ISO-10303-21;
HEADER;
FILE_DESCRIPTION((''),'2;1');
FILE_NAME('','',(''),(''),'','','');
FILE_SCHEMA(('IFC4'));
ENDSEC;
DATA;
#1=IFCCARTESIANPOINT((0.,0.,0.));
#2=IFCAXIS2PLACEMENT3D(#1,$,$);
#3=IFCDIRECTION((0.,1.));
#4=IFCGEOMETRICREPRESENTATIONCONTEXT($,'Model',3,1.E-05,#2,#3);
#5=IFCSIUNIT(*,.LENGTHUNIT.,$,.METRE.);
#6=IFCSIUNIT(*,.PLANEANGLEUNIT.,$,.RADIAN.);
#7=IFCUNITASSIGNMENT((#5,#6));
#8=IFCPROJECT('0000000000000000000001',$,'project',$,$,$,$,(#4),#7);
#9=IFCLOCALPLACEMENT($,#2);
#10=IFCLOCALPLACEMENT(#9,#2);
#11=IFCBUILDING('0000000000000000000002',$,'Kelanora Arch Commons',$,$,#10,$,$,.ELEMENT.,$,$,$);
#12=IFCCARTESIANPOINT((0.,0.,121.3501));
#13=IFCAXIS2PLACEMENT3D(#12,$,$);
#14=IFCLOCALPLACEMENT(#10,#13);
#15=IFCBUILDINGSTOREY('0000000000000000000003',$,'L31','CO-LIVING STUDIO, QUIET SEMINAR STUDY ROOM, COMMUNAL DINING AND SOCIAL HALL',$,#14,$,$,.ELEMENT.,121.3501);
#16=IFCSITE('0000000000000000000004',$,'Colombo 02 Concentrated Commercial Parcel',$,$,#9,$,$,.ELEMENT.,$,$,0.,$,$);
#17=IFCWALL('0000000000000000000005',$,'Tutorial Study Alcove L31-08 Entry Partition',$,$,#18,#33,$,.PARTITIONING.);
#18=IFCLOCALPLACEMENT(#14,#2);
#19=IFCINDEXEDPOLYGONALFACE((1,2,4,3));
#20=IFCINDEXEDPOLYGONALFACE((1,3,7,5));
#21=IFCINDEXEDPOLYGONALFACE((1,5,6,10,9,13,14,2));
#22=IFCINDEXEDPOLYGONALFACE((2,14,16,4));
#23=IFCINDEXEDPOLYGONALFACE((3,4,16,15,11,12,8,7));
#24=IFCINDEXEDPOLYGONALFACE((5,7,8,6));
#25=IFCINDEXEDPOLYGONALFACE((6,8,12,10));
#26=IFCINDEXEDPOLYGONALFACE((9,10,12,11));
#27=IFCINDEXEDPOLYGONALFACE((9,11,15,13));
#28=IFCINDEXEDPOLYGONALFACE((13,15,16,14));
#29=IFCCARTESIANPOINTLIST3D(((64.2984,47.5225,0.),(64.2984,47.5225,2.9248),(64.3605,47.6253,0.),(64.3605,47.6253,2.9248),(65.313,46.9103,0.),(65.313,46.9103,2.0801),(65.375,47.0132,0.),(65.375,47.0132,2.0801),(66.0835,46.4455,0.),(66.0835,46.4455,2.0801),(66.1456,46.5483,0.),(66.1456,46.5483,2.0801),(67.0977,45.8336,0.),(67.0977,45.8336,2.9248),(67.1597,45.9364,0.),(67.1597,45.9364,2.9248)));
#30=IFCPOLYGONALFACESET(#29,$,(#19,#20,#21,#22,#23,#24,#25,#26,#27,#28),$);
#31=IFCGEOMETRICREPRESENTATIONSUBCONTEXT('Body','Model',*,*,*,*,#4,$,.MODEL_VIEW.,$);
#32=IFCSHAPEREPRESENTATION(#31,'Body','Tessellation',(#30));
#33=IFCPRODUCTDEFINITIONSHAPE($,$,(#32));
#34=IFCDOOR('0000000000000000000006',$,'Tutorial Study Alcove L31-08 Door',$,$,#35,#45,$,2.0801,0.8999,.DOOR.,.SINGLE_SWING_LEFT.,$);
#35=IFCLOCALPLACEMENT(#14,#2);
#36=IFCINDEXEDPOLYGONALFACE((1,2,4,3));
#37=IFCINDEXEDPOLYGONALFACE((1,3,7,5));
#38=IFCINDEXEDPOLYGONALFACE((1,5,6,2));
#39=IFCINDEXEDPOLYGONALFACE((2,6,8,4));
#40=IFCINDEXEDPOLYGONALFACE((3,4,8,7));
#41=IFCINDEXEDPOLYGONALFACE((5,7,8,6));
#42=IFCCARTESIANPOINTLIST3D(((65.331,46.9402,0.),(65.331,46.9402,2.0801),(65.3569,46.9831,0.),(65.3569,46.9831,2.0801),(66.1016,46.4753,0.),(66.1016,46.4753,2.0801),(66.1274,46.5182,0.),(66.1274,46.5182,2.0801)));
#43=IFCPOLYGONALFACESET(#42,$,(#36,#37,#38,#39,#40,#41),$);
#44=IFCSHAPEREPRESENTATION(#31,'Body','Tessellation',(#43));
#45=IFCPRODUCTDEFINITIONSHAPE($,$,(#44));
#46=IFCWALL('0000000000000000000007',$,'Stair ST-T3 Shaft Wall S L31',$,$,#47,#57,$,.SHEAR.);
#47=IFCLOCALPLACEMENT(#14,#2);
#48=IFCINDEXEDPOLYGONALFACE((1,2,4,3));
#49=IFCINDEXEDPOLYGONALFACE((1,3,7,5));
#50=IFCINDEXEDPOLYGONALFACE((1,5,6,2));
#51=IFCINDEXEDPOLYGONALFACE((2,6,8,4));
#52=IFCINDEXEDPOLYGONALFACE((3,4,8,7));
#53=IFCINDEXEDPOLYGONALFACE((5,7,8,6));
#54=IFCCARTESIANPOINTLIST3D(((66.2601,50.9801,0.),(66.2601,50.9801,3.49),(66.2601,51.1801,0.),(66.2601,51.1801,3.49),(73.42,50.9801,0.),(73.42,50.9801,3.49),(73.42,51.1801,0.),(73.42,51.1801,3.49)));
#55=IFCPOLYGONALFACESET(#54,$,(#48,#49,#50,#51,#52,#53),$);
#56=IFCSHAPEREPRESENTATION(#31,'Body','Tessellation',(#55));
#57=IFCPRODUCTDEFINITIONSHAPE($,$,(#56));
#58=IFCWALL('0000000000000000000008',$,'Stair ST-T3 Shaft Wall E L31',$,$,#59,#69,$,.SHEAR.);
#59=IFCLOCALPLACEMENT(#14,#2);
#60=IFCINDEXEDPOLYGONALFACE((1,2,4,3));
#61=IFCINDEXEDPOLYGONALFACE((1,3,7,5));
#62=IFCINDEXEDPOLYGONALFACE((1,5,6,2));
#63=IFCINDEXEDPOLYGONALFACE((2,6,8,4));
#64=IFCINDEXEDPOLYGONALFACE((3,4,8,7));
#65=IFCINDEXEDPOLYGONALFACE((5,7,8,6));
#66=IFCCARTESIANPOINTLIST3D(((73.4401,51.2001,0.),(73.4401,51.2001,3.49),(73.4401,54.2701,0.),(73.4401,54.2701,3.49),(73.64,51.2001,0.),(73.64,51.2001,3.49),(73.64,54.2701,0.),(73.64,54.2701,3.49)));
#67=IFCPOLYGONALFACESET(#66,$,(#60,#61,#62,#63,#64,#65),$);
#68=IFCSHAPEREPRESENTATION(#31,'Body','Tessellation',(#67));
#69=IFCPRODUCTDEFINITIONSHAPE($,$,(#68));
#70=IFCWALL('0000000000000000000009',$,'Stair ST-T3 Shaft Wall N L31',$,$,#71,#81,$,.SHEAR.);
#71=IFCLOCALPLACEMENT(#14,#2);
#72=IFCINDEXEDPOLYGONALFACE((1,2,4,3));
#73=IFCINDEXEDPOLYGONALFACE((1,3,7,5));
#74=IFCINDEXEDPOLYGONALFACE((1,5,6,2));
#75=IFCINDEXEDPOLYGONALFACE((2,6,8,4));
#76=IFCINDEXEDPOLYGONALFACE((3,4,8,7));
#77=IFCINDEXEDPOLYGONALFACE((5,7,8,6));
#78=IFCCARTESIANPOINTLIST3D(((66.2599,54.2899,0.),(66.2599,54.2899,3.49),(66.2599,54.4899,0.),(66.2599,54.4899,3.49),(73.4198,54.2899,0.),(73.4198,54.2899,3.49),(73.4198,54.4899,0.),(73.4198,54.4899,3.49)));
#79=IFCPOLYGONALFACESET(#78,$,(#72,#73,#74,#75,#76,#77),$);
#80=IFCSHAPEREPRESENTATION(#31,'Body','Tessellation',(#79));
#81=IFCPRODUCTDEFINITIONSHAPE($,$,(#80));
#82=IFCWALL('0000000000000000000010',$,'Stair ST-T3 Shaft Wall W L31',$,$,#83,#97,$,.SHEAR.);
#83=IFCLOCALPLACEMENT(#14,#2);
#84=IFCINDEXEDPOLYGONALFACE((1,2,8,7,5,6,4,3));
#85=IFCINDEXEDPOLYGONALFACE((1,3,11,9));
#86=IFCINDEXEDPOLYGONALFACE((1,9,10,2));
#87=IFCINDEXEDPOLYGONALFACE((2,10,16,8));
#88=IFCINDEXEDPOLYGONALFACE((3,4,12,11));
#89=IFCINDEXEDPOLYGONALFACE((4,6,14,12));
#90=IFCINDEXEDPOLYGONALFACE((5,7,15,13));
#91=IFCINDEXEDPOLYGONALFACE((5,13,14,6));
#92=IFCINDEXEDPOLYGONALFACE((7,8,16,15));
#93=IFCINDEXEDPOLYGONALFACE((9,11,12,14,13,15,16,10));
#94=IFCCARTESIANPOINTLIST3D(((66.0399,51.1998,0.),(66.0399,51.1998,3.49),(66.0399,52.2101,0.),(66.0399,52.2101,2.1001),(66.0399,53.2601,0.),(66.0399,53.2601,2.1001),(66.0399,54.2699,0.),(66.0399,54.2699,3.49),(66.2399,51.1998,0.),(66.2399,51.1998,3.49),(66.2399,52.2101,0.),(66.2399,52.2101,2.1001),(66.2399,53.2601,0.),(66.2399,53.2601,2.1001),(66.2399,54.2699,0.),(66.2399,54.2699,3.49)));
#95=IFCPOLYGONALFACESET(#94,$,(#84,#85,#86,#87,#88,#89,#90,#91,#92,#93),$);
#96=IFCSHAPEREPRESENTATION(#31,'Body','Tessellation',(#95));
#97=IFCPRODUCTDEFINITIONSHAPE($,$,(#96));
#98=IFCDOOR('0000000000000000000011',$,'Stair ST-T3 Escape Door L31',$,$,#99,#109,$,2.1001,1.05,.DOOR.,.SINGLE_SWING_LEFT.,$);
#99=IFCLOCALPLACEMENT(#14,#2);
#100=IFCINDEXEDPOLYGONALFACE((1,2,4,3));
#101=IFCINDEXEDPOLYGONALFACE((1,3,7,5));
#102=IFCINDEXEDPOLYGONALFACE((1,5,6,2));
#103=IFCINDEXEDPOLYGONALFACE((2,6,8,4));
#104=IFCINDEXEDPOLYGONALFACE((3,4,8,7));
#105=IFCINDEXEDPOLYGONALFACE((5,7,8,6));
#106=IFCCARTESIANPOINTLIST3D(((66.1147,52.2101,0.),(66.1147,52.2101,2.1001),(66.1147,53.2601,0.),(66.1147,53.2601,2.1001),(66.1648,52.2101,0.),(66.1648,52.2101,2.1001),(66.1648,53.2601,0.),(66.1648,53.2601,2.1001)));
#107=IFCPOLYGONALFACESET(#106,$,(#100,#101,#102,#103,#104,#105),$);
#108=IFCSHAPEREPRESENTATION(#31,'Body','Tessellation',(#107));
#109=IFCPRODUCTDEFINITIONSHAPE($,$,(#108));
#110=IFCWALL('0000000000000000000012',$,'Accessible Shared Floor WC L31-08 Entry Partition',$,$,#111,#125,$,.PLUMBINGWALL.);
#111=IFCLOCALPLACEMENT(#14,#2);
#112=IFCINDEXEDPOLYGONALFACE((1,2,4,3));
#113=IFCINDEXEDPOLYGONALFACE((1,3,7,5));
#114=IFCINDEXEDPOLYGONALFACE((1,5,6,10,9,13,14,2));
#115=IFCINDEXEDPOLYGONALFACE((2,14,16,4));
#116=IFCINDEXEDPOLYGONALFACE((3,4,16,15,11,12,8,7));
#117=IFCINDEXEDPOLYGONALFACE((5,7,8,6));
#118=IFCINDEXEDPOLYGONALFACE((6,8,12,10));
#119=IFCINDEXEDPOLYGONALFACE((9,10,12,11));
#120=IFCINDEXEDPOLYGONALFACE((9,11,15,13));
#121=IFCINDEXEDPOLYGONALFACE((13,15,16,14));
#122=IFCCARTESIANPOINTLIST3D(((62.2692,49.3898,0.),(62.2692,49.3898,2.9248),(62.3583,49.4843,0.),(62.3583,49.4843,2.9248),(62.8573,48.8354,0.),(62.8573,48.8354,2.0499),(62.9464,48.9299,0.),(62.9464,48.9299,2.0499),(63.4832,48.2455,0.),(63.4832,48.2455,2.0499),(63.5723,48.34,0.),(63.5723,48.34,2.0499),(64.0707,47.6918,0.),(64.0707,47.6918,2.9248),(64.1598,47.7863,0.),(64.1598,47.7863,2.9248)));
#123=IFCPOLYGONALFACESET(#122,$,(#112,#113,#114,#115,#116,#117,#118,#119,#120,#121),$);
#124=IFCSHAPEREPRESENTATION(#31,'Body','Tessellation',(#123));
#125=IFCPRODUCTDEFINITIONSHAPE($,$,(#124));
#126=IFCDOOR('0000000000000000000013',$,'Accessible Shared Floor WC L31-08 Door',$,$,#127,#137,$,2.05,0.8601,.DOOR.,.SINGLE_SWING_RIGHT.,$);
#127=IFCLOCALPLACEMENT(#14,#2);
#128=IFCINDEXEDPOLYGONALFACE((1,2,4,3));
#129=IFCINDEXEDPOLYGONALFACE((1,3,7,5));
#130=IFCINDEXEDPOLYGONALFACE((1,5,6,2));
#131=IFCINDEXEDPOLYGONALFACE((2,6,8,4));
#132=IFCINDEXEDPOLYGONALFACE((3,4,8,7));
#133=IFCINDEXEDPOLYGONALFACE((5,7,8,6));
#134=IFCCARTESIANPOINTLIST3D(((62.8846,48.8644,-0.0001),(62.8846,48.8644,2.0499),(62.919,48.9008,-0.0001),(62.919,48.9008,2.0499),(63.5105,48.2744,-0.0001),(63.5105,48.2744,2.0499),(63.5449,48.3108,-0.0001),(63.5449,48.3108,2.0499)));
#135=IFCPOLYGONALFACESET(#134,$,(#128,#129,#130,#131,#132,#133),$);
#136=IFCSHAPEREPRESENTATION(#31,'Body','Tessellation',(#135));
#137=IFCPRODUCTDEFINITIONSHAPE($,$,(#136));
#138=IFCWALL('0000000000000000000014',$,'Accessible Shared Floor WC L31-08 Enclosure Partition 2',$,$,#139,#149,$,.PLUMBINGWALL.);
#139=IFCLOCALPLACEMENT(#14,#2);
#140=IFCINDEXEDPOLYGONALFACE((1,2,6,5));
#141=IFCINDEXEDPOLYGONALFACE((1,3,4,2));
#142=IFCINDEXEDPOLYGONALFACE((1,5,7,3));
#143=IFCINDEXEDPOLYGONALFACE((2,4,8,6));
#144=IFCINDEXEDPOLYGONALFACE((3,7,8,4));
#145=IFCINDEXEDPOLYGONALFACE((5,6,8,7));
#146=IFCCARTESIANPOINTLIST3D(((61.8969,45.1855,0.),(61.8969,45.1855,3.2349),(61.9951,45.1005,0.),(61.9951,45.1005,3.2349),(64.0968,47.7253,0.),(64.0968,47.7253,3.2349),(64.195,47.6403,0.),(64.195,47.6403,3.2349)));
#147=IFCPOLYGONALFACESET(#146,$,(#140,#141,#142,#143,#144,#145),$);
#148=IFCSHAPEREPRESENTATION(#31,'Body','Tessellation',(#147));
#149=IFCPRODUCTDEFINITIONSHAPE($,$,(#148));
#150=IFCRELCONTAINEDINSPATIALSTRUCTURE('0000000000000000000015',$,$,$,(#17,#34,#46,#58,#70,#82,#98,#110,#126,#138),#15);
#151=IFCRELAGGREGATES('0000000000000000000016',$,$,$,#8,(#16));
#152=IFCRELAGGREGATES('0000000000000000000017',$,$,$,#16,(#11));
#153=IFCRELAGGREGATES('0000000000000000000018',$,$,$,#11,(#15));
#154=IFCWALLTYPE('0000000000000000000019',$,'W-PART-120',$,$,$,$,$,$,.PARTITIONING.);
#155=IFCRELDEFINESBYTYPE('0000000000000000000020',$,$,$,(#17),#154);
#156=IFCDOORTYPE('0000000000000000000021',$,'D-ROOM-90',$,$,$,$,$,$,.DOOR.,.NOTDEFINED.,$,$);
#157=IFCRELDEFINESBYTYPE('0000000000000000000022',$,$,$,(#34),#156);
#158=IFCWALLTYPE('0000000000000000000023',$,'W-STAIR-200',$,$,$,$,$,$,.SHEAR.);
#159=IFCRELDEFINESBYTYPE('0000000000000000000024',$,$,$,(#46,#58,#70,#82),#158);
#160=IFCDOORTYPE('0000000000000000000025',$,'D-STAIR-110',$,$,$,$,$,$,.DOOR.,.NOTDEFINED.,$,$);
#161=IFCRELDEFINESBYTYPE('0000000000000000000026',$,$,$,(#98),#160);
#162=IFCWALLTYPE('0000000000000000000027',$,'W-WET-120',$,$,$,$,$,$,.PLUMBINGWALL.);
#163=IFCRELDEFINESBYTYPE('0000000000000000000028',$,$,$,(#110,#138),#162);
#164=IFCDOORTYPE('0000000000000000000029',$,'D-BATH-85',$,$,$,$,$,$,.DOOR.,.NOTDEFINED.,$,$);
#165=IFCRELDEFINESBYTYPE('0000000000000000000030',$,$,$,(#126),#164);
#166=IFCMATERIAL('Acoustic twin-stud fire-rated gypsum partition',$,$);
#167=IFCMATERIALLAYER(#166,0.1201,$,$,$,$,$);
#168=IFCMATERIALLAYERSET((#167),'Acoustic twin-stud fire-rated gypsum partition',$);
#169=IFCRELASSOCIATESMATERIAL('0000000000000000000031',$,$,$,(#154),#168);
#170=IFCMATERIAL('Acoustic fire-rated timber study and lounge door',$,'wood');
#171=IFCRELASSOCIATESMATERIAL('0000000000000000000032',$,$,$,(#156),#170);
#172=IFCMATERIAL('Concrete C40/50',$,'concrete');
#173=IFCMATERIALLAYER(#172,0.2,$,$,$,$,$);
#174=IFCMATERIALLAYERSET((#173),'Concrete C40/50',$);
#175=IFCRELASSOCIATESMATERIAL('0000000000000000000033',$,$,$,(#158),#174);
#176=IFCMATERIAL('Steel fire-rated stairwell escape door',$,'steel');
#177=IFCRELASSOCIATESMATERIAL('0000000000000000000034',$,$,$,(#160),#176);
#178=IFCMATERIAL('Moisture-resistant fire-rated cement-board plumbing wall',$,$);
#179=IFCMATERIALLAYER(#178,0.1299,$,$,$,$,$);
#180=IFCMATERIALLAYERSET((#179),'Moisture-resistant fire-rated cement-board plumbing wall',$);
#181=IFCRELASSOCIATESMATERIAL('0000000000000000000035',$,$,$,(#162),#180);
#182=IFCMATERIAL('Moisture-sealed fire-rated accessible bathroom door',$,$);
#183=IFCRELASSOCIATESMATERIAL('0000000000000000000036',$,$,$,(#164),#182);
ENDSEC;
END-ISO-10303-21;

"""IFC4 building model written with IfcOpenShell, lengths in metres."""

from ifc_helpers import new_model, si_unit, direction, frame, frame_2d, origin, place, context, subcontext, project, spatial, rectangle, extrude, material, layer, layer_set, type_object, element, fill, save


model = new_model("IFC4")

# Units and contexts
model_context = context("Model", 3, precision=1e-05, world=origin(), true_north=direction((0.0, 1.0)))
body_context = subcontext(model_context, "Body", "Model", "MODEL_VIEW")
ifc_project = project(units=[si_unit("LENGTHUNIT", "METRE"), si_unit("PLANEANGLEUNIT", "RADIAN")], contexts=[model_context])

# Site, building, storey
site_placement = place(None, origin())
site = spatial("IfcSite", under=ifc_project, at=site_placement, Name="Colombo 02 Concentrated Commercial Parcel", CompositionType="ELEMENT", RefElevation=0.0)
building_placement = place(site_placement, origin())
building = spatial("IfcBuilding", under=site, at=building_placement, Name="Kelanora Arch Commons", CompositionType="ELEMENT")
storey_placement = place(building_placement, frame((0.0, 0.0, 121.3501)))
storey = spatial("IfcBuildingStorey", under=building, at=storey_placement, Name="L31", Description="CO-LIVING STUDIO, QUIET SEMINAR STUDY ROOM, COMMUNAL DINING AND SOCIAL HALL", CompositionType="ELEMENT", Elevation=121.3501)

# Shared definitions
ifc_material_1 = material(Name="Concrete C40/50", Category="concrete")

# Wall, opening, door
ifc_material_2 = material(Name="Acoustic twin-stud fire-rated gypsum partition")
ifc_layer_1 = layer(ifc_material_2, 0.1201)
ifc_layer_set_1 = layer_set([ifc_layer_1], Name="Acoustic twin-stud fire-rated gypsum partition")
wall_type_1 = type_object("IfcWallType", Name="W-PART-120", PredefinedType="PARTITIONING", material=ifc_layer_set_1)
wall_1_placement = place(storey_placement, frame((64.3293, 47.574, 0.0), z_axis=(0.0, 0.0, 1.0), x_axis=(0.856225, -0.516603, 0.0)))
wall_1 = element("IfcWall", 1, at=wall_1_placement, inside=storey, type_object=wall_type_1, Name="Tutorial Study Alcove L31-08 Entry Partition", PredefinedType="PARTITIONING", context=body_context, shape_type="SweptSolid", body=[
    extrude(rectangle(XDim=3.2693, YDim=0.1201, at=frame_2d((1.6348, 0.0))), origin(), (0.0, 0.0, 1.0), 2.9248),
])
opening_1_placement = place(wall_1_placement, frame((1.1851, 0.0, 0.0)))
opening_1 = element("IfcOpeningElement", 2, at=opening_1_placement, cuts=wall_1, PredefinedType="OPENING", context=body_context, shape_type="SweptSolid", body=[
    extrude(rectangle(XDim=0.8999, YDim=2.0801, at=frame_2d((0.45, 1.04))), frame((0.0, 0.0701, 0.0), z_axis=(0.0, -1.0, 0.0), x_axis=(1.0, 0.0, 0.0)), (0.0, 0.0, 1.0), 0.1401),
])
ifc_material_3 = material(Name="Acoustic fire-rated timber study and lounge door", Category="wood")
door_type_1 = type_object("IfcDoorType", Name="D-ROOM-90", OperationType="NOTDEFINED", PredefinedType="DOOR", material=ifc_material_3)
door_1_placement = place(opening_1_placement, origin())
door_1 = element("IfcDoor", 3, at=door_1_placement, inside=storey, type_object=door_type_1, Name="Tutorial Study Alcove L31-08 Door", OperationType="SINGLE_SWING_LEFT", OverallHeight=2.0801, OverallWidth=0.8999, PredefinedType="DOOR", context=body_context, shape_type="SweptSolid", body=[
    extrude(rectangle(XDim=0.8999, YDim=2.0801, at=frame_2d((0.45, 1.04))), frame((0.0, 0.0249, 0.0), z_axis=(0.0, -1.0, 0.0), x_axis=(1.0, 0.0, 0.0)), (0.0, 0.0, 1.0), 0.05),
])
fill(opening_1, door_1)

# Walls
ifc_layer_2 = layer(ifc_material_1, 0.2)
ifc_layer_set_2 = layer_set([ifc_layer_2], Name="Concrete C40/50")
wall_type_2 = type_object("IfcWallType", Name="W-STAIR-200", PredefinedType="SHEAR", material=ifc_layer_set_2)
wall_2_placement = place(storey_placement, frame((66.26, 51.0801, 0.0), z_axis=(0.0, 0.0, 1.0), x_axis=(1.0, 0.0, 0.0)))
element("IfcWall", 4, at=wall_2_placement, inside=storey, type_object=wall_type_2, Name="Stair ST-T3 Shaft Wall S L31", PredefinedType="SHEAR", context=body_context, shape_type="SweptSolid", body=[
    extrude(rectangle(XDim=7.1599, YDim=0.2, at=frame_2d((3.5801, 0.0))), origin(), (0.0, 0.0, 1.0), 3.49),
])
wall_3_placement = place(storey_placement, frame((73.54, 51.2, 0.0), z_axis=(0.0, 0.0, 1.0), x_axis=(0.0, 1.0, 0.0)))
element("IfcWall", 5, at=wall_3_placement, inside=storey, type_object=wall_type_2, Name="Stair ST-T3 Shaft Wall E L31", PredefinedType="SHEAR", context=body_context, shape_type="SweptSolid", body=[
    extrude(rectangle(XDim=3.0701, YDim=0.2, at=frame_2d((1.5352, 0.0))), origin(), (0.0, 0.0, 1.0), 3.49),
])
wall_4_placement = place(storey_placement, frame((73.4199, 54.3899, 0.0), z_axis=(0.0, 0.0, 1.0), x_axis=(-1.0, 0.0, 0.0)))
element("IfcWall", 6, at=wall_4_placement, inside=storey, type_object=wall_type_2, Name="Stair ST-T3 Shaft Wall N L31", PredefinedType="SHEAR", context=body_context, shape_type="SweptSolid", body=[
    extrude(rectangle(XDim=7.1599, YDim=0.2, at=frame_2d((3.5801, 0.0))), origin(), (0.0, 0.0, 1.0), 3.49),
])

# Walls, openings, doors
wall_5_placement = place(storey_placement, frame((66.1399, 54.27, 0.0), z_axis=(0.0, 0.0, 1.0), x_axis=(0.0, -1.0, 0.0)))
wall_5 = element("IfcWall", 7, at=wall_5_placement, inside=storey, type_object=wall_type_2, Name="Stair ST-T3 Shaft Wall W L31", PredefinedType="SHEAR", context=body_context, shape_type="SweptSolid", body=[
    extrude(rectangle(XDim=3.0701, YDim=0.2, at=frame_2d((1.5352, 0.0))), origin(), (0.0, 0.0, 1.0), 3.49),
])
opening_2_placement = place(wall_5_placement, frame((1.01, 0.0, 0.0)))
opening_2 = element("IfcOpeningElement", 8, at=opening_2_placement, cuts=wall_5, PredefinedType="OPENING", context=body_context, shape_type="SweptSolid", body=[
    extrude(rectangle(XDim=1.05, YDim=2.1001, at=frame_2d((0.5249, 1.05))), frame((0.0, 0.1099, 0.0), z_axis=(0.0, -1.0, 0.0), x_axis=(1.0, 0.0, 0.0)), (0.0, 0.0, 1.0), 0.22),
])
ifc_material_4 = material(Name="Steel fire-rated stairwell escape door", Category="steel")
door_type_2 = type_object("IfcDoorType", Name="D-STAIR-110", OperationType="NOTDEFINED", PredefinedType="DOOR", material=ifc_material_4)
door_2_placement = place(opening_2_placement, origin())
door_2 = element("IfcDoor", 9, at=door_2_placement, inside=storey, type_object=door_type_2, Name="Stair ST-T3 Escape Door L31", OperationType="SINGLE_SWING_LEFT", OverallHeight=2.1001, OverallWidth=1.05, PredefinedType="DOOR", context=body_context, shape_type="SweptSolid", body=[
    extrude(rectangle(XDim=1.05, YDim=2.1001, at=frame_2d((0.5249, 1.05))), frame((0.0, 0.0249, 0.0), z_axis=(0.0, -1.0, 0.0), x_axis=(1.0, 0.0, 0.0)), (0.0, 0.0, 1.0), 0.05),
])
fill(opening_2, door_2)
ifc_material_5 = material(Name="Moisture-resistant fire-rated cement-board plumbing wall")
ifc_layer_3 = layer(ifc_material_5, 0.1299)
ifc_layer_set_3 = layer_set([ifc_layer_3], Name="Moisture-resistant fire-rated cement-board plumbing wall")
wall_type_3 = type_object("IfcWallType", Name="W-WET-120", PredefinedType="PLUMBINGWALL", material=ifc_layer_set_3)
wall_6_placement = place(storey_placement, frame((62.3137, 49.437, 0.0), z_axis=(0.0, 0.0, 1.0), x_axis=(0.727705, -0.685891, 0.0)))
wall_6 = element("IfcWall", 10, at=wall_6_placement, inside=storey, type_object=wall_type_3, Name="Accessible Shared Floor WC L31-08 Entry Partition", PredefinedType="PLUMBINGWALL", context=body_context, shape_type="SweptSolid", body=[
    extrude(rectangle(XDim=2.4756, YDim=0.1299, at=frame_2d((1.2378, 0.0))), origin(), (0.0, 0.0, 1.0), 2.9248),
])
opening_3_placement = place(wall_6_placement, frame((0.8081, 0.0, 0.0)))
opening_3 = element("IfcOpeningElement", 11, at=opening_3_placement, cuts=wall_6, PredefinedType="OPENING", context=body_context, shape_type="SweptSolid", body=[
    extrude(rectangle(XDim=0.8601, YDim=2.05, at=frame_2d((0.4302, 1.0249))), frame((0.0, 0.075, 0.0), z_axis=(0.0, -1.0, 0.0), x_axis=(1.0, 0.0, 0.0)), (0.0, 0.0, 1.0), 0.1499),
])
ifc_material_6 = material(Name="Moisture-sealed fire-rated accessible bathroom door")
door_type_3 = type_object("IfcDoorType", Name="D-BATH-85", OperationType="NOTDEFINED", PredefinedType="DOOR", material=ifc_material_6)
door_3_placement = place(opening_3_placement, origin())
door_3 = element("IfcDoor", 12, at=door_3_placement, inside=storey, type_object=door_type_3, Name="Accessible Shared Floor WC L31-08 Door", OperationType="SINGLE_SWING_RIGHT", OverallHeight=2.05, OverallWidth=0.8601, PredefinedType="DOOR", context=body_context, shape_type="SweptSolid", body=[
    extrude(rectangle(XDim=0.8601, YDim=2.05, at=frame_2d((0.4302, 1.0249))), frame((0.0, 0.0249, 0.0), z_axis=(0.0, -1.0, 0.0), x_axis=(1.0, 0.0, 0.0)), (0.0, 0.0, 1.0), 0.05),
])
fill(opening_3, door_3)

# Wall
wall_7_placement = place(storey_placement, frame((64.146, 47.6829, 0.0), z_axis=(0.0, 0.0, 1.0), x_axis=(-0.654726, -0.755866, 0.0)))
element("IfcWall", 13, at=wall_7_placement, inside=storey, type_object=wall_type_3, Name="Accessible Shared Floor WC L31-08 Enclosure Partition 2", PredefinedType="PLUMBINGWALL", context=body_context, shape_type="SweptSolid", body=[
    extrude(rectangle(XDim=3.3601, YDim=0.1299, at=frame_2d((1.6802, 0.0))), origin(), (0.0, 0.0, 1.0), 3.2349),
])

save(model, "model.ifc")
